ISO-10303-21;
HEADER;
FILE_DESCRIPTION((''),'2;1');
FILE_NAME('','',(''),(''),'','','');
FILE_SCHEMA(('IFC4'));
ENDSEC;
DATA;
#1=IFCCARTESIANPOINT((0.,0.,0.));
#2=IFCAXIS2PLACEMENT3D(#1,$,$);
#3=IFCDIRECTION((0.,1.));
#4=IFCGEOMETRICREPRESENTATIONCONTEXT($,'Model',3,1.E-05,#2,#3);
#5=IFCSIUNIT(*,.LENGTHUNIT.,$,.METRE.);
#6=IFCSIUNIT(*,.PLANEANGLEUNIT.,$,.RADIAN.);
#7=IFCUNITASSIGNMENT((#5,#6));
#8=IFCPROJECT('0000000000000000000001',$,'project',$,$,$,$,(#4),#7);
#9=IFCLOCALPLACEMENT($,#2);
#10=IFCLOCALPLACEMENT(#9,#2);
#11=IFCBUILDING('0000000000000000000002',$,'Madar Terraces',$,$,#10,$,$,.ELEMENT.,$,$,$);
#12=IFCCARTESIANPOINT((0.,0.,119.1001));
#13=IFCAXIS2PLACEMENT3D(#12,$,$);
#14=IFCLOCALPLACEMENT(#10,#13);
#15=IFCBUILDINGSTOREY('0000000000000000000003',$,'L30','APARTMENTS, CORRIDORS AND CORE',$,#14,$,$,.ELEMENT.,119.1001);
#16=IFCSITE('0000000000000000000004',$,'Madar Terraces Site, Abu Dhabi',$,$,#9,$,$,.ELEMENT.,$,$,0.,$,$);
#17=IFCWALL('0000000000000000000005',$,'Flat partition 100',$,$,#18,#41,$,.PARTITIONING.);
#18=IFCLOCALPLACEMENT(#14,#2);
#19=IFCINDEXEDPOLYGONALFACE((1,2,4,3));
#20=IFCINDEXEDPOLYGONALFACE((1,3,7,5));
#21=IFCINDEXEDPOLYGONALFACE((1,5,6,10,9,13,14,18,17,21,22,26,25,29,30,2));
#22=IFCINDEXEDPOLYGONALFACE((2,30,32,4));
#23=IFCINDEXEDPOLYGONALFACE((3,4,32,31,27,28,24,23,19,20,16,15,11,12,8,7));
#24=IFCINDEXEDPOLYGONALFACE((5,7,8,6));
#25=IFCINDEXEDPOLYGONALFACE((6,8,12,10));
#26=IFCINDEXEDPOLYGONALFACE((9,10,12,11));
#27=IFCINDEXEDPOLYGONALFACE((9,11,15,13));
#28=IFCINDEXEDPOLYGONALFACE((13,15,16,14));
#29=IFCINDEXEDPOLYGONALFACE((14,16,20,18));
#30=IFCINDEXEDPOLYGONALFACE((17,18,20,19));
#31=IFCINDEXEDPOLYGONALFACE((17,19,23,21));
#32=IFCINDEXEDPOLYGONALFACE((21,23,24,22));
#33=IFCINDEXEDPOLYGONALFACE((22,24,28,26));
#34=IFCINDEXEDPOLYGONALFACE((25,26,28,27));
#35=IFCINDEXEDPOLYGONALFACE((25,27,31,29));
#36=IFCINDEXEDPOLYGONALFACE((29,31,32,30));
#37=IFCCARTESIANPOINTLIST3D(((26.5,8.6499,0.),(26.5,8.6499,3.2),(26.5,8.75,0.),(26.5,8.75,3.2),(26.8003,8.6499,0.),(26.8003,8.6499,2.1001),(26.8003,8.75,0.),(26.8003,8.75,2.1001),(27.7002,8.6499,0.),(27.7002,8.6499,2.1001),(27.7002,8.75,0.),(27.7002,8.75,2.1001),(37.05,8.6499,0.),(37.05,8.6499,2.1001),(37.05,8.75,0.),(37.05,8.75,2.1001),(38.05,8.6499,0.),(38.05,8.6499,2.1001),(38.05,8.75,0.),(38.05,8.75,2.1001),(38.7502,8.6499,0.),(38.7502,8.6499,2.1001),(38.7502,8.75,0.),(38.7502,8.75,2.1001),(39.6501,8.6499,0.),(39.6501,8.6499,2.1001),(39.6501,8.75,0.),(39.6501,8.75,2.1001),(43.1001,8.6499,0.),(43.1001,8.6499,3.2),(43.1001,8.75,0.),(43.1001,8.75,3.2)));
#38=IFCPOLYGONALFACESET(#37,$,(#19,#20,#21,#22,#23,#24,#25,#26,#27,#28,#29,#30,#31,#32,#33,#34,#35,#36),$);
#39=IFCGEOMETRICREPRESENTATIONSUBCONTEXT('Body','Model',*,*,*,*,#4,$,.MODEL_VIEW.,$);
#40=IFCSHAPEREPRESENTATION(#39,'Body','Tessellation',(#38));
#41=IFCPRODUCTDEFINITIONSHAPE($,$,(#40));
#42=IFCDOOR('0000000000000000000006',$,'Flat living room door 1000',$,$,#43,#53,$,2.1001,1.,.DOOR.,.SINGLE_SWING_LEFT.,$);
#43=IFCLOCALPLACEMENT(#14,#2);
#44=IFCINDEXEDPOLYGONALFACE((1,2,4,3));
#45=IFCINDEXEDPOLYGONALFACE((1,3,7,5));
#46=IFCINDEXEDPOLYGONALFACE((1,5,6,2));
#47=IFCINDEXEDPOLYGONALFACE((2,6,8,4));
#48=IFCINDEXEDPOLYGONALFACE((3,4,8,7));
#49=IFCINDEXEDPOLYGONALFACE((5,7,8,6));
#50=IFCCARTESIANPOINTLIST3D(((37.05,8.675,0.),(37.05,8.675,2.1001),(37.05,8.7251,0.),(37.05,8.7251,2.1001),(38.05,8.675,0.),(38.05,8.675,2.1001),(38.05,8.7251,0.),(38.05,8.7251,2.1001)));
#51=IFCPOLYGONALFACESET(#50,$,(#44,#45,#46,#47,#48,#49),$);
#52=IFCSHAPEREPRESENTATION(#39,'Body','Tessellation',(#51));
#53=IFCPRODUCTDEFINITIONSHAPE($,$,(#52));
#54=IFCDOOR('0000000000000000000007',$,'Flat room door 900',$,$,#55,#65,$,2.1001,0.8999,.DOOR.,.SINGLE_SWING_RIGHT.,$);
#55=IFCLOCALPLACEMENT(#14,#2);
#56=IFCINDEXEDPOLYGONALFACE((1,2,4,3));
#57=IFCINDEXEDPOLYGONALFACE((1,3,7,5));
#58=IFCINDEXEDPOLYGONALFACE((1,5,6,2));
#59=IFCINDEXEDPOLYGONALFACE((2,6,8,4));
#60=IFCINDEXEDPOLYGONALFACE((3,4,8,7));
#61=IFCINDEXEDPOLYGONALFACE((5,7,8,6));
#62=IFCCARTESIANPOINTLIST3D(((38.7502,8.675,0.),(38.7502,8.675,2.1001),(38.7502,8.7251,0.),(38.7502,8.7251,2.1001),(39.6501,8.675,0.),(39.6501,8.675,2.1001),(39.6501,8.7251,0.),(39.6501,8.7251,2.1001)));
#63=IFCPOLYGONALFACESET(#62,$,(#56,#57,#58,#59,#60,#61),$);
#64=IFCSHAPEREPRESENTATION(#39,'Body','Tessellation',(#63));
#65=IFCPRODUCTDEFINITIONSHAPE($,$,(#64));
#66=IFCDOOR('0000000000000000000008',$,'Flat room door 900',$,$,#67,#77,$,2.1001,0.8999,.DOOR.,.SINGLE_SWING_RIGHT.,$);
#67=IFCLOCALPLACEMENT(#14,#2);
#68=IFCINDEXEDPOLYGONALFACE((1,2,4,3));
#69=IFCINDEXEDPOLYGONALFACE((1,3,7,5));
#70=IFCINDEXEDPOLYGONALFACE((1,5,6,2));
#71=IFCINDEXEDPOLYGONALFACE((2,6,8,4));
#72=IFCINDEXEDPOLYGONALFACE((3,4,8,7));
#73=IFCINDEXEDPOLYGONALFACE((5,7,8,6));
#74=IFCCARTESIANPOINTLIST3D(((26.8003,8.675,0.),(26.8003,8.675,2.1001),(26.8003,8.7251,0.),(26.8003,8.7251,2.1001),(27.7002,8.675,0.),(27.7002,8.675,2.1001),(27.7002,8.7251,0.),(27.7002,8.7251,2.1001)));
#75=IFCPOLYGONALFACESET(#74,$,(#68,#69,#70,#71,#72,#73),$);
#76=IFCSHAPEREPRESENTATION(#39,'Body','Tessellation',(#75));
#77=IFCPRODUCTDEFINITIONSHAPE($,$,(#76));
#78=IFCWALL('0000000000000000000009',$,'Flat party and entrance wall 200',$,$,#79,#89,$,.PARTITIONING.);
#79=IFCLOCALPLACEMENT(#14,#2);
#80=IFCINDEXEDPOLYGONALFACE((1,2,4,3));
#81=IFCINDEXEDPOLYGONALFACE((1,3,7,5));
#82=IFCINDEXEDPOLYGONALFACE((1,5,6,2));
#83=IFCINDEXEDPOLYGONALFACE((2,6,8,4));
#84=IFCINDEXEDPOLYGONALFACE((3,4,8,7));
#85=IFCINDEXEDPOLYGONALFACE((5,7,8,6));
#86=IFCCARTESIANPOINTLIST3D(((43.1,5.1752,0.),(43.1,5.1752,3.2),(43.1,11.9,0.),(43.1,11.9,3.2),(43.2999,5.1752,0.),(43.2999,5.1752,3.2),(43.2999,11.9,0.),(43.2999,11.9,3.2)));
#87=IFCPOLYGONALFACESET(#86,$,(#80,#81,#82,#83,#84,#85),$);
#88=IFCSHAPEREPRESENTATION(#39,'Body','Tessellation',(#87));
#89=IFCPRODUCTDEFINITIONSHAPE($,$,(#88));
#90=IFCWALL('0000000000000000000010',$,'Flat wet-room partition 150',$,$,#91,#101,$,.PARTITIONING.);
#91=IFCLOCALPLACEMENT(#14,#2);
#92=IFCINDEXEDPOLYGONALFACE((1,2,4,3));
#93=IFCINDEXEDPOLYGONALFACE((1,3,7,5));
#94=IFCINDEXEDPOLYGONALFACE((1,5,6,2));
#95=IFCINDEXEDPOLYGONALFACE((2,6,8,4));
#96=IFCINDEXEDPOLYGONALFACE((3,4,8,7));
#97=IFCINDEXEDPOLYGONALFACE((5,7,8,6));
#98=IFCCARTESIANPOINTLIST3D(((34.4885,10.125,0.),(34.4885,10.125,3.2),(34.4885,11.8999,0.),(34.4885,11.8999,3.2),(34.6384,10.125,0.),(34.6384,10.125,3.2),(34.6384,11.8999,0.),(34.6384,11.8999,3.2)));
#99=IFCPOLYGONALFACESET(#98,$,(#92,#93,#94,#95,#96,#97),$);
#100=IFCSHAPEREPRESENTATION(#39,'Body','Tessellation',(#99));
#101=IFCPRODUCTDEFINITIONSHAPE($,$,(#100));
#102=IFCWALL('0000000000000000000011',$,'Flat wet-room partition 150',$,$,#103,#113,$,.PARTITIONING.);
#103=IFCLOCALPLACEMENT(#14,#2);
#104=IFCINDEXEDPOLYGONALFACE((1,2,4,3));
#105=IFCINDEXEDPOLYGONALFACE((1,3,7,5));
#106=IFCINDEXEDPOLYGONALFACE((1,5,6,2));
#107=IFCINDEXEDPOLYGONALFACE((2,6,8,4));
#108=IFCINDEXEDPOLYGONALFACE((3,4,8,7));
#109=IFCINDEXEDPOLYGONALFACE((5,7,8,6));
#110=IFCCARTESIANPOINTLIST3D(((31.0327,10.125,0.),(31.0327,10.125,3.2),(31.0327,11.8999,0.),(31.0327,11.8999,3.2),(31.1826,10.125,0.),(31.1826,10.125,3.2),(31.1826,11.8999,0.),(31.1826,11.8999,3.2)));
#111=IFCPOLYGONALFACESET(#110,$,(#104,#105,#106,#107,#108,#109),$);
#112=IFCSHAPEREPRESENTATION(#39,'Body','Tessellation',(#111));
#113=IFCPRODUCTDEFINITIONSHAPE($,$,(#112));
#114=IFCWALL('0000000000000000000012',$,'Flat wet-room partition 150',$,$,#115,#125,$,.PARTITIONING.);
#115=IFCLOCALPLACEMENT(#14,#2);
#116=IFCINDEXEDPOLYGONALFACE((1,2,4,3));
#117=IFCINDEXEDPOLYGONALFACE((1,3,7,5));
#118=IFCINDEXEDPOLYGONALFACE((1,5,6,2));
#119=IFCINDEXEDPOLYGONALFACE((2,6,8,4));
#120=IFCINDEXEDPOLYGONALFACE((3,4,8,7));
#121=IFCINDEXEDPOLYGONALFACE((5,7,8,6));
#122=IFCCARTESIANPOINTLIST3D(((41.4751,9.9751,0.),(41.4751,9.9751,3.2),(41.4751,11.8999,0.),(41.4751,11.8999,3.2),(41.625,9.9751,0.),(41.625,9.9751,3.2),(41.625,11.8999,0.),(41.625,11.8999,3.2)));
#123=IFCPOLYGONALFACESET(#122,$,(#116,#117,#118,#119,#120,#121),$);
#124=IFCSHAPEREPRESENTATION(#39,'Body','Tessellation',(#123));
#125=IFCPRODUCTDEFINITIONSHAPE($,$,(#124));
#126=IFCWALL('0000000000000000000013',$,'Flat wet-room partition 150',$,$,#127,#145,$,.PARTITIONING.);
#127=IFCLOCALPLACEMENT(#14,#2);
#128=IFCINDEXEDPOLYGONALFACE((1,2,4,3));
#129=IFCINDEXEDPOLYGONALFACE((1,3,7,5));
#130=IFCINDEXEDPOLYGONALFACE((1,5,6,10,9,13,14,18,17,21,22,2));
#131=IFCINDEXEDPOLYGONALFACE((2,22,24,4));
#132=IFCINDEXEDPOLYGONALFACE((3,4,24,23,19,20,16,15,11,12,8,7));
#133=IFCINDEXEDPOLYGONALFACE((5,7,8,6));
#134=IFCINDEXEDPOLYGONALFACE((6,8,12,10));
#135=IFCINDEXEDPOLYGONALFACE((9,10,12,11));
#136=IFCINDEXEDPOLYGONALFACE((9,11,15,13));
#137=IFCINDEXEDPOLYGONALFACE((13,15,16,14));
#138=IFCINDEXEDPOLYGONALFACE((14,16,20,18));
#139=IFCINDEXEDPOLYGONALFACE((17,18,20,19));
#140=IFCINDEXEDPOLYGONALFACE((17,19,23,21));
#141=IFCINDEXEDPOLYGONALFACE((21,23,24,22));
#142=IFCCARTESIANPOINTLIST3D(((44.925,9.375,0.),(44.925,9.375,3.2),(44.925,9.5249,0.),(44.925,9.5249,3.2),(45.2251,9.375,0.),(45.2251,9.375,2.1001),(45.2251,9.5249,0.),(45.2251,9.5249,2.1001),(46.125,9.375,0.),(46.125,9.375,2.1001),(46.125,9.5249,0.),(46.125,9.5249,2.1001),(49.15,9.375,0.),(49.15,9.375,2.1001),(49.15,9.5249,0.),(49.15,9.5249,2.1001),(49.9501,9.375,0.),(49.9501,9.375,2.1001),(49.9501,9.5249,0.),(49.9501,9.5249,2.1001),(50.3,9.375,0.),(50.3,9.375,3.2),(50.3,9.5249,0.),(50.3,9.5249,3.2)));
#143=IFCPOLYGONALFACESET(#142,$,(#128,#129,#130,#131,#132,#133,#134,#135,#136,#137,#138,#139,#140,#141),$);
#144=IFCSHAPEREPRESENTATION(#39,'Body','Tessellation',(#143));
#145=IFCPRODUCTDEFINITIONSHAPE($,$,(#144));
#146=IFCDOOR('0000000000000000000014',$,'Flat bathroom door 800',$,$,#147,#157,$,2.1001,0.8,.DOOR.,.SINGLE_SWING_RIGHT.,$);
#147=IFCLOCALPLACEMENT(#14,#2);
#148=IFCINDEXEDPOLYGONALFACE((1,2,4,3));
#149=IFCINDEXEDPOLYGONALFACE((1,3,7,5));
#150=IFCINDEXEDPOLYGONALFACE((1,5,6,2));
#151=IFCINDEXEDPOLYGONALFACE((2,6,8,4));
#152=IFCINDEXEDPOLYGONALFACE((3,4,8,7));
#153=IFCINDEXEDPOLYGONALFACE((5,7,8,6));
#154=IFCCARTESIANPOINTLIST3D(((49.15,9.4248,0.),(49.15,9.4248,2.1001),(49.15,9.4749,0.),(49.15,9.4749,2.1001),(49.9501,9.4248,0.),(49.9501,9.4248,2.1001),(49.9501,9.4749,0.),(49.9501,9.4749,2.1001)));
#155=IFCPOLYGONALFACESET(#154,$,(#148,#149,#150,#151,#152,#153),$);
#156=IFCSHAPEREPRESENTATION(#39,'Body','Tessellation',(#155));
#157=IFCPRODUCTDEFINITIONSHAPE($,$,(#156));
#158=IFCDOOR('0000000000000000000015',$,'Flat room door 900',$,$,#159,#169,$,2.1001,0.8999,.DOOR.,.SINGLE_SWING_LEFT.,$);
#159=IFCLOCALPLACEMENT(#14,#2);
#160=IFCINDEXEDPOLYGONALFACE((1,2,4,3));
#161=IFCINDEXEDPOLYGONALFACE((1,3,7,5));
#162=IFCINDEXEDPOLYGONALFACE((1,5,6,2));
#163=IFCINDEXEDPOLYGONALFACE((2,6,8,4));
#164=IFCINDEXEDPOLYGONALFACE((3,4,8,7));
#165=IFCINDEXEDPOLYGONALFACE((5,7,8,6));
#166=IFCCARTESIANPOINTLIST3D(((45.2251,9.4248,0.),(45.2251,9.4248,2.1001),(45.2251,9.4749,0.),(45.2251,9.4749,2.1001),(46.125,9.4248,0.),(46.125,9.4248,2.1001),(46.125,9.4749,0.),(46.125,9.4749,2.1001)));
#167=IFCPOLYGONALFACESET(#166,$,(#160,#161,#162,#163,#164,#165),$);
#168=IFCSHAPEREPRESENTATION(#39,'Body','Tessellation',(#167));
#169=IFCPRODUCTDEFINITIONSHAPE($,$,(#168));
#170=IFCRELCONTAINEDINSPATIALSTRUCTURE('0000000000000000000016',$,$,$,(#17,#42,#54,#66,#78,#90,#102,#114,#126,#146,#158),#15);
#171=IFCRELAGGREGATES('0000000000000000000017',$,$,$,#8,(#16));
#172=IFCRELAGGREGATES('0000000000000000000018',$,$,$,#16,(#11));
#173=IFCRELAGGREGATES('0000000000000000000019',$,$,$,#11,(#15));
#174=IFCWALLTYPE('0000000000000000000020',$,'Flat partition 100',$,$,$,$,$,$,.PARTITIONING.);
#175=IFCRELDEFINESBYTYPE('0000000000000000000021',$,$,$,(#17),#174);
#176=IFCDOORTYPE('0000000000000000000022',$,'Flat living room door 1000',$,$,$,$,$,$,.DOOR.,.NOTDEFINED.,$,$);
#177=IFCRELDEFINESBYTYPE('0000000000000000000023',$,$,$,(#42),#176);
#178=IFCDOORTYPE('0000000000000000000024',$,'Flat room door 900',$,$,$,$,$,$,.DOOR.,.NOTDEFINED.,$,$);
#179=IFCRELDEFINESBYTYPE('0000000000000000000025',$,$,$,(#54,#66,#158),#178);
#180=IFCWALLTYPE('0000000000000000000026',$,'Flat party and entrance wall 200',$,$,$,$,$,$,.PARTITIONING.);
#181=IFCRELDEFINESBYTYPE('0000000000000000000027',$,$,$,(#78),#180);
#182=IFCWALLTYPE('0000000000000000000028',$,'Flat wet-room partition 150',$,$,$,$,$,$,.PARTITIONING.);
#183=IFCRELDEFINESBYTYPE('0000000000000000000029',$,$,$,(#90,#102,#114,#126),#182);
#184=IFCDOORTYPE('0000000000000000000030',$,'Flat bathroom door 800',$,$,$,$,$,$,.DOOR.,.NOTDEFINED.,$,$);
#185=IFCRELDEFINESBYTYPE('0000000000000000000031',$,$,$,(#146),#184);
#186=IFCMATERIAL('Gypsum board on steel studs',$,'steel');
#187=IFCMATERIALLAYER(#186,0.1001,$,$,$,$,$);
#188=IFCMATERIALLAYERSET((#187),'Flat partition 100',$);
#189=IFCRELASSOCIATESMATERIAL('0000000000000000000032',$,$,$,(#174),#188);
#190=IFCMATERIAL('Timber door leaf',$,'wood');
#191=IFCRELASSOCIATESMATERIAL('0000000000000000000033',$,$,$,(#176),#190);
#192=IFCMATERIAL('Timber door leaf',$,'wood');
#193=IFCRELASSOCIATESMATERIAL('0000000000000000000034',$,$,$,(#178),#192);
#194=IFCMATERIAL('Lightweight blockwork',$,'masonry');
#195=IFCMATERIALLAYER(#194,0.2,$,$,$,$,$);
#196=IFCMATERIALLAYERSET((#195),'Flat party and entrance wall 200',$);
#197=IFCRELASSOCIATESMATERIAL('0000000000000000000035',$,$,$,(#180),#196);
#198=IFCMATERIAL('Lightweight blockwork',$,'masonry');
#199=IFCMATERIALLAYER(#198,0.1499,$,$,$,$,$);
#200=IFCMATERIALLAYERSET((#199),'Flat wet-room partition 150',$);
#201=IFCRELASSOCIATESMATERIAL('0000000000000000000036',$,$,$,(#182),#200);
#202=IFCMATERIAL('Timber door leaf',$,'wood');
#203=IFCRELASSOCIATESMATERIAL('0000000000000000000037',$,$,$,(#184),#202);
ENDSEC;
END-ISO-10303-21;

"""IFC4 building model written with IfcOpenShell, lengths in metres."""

from ifc_helpers import new_model, si_unit, direction, frame, frame_2d, origin, place, context, subcontext, project, spatial, rectangle, extrude, material, layer, layer_set, type_object, element, fill, save


model = new_model("IFC4")

# Units and contexts
model_context = context("Model", 3, precision=1e-05, world=origin(), true_north=direction((0.0, 1.0)))
body_context = subcontext(model_context, "Body", "Model", "MODEL_VIEW")
ifc_project = project(units=[si_unit("LENGTHUNIT", "METRE"), si_unit("PLANEANGLEUNIT", "RADIAN")], contexts=[model_context])

# Site, building, storey
site_placement = place(None, origin())
site = spatial("IfcSite", under=ifc_project, at=site_placement, Name="Madar Terraces Site, Abu Dhabi", CompositionType="ELEMENT", RefElevation=0.0)
building_placement = place(site_placement, origin())
building = spatial("IfcBuilding", under=site, at=building_placement, Name="Madar Terraces", CompositionType="ELEMENT")
storey_placement = place(building_placement, frame((0.0, 0.0, 119.1001)))
storey = spatial("IfcBuildingStorey", under=building, at=storey_placement, Name="L30", Description="APARTMENTS, CORRIDORS AND CORE", CompositionType="ELEMENT", Elevation=119.1001)

# Shared definitions
ifc_material_1 = material(Name="Gypsum board on steel studs", Category="steel")
ifc_layer_1 = layer(ifc_material_1, 0.1001)
ifc_layer_set_1 = layer_set([ifc_layer_1], Name="Flat partition 100")
wall_type_1 = type_object("IfcWallType", Name="Flat partition 100", PredefinedType="PARTITIONING", material=ifc_layer_set_1)

# Wall, openings, doors
wall_1_placement = place(storey_placement, frame((43.1001, 8.7, 0.0), z_axis=(0.0, 0.0, 1.0), x_axis=(-1.0, 0.0, 0.0)))
wall_1 = element("IfcWall", 1, at=wall_1_placement, inside=storey, type_object=wall_type_1, Name="Flat partition 100", PredefinedType="PARTITIONING", context=body_context, shape_type="SweptSolid", body=[
    extrude(rectangle(XDim=16.6001, YDim=0.1001, at=frame_2d((8.3, 0.0))), origin(), (0.0, 0.0, 1.0), 3.2),
])
opening_1_placement = place(wall_1_placement, frame((3.45, 0.0, 0.0)))
opening_1 = element("IfcOpeningElement", 2, at=opening_1_placement, cuts=wall_1, PredefinedType="OPENING", context=body_context, shape_type="SweptSolid", body=[
    extrude(rectangle(XDim=0.8999, YDim=2.1001, at=frame_2d((0.45, 1.05))), frame((0.0, 0.0601, 0.0), z_axis=(0.0, -1.0, 0.0), x_axis=(1.0, 0.0, 0.0)), (0.0, 0.0, 1.0), 0.1201),
])
opening_2_placement = place(wall_1_placement, frame((5.05, 0.0, 0.0)))
opening_2 = element("IfcOpeningElement", 3, at=opening_2_placement, cuts=wall_1, PredefinedType="OPENING", context=body_context, shape_type="SweptSolid", body=[
    extrude(rectangle(XDim=1.0, YDim=2.1001, at=frame_2d((0.5, 1.05))), frame((0.0, 0.0601, 0.0), z_axis=(0.0, -1.0, 0.0), x_axis=(1.0, 0.0, 0.0)), (0.0, 0.0, 1.0), 0.1201),
])
opening_3_placement = place(wall_1_placement, frame((15.3999, 0.0, 0.0)))
opening_3 = element("IfcOpeningElement", 4, at=opening_3_placement, cuts=wall_1, PredefinedType="OPENING", context=body_context, shape_type="SweptSolid", body=[
    extrude(rectangle(XDim=0.8999, YDim=2.1001, at=frame_2d((0.45, 1.05))), frame((0.0, 0.0601, 0.0), z_axis=(0.0, -1.0, 0.0), x_axis=(1.0, 0.0, 0.0)), (0.0, 0.0, 1.0), 0.1201),
])
ifc_material_2 = material(Name="Timber door leaf", Category="wood")
door_type_1 = type_object("IfcDoorType", Name="Flat living room door 1000", OperationType="NOTDEFINED", PredefinedType="DOOR", material=ifc_material_2)
door_1_placement = place(opening_2_placement, origin())
door_1 = element("IfcDoor", 5, at=door_1_placement, inside=storey, type_object=door_type_1, Name="Flat living room door 1000", OperationType="SINGLE_SWING_LEFT", OverallHeight=2.1001, OverallWidth=1.0, PredefinedType="DOOR", context=body_context, shape_type="SweptSolid", body=[
    extrude(rectangle(XDim=1.0, YDim=2.1001, at=frame_2d((0.5, 1.05))), frame((0.0, 0.0249, 0.0), z_axis=(0.0, -1.0, 0.0), x_axis=(1.0, 0.0, 0.0)), (0.0, 0.0, 1.0), 0.05),
])
fill(opening_2, door_1)
ifc_material_3 = material(Name="Timber door leaf", Category="wood")
door_type_2 = type_object("IfcDoorType", Name="Flat room door 900", OperationType="NOTDEFINED", PredefinedType="DOOR", material=ifc_material_3)
door_2_placement = place(opening_1_placement, origin())
door_2 = element("IfcDoor", 6, at=door_2_placement, inside=storey, type_object=door_type_2, Name="Flat room door 900", OperationType="SINGLE_SWING_RIGHT", OverallHeight=2.1001, OverallWidth=0.8999, PredefinedType="DOOR", context=body_context, shape_type="SweptSolid", body=[
    extrude(rectangle(XDim=0.8999, YDim=2.1001, at=frame_2d((0.45, 1.05))), frame((0.0, 0.0249, 0.0), z_axis=(0.0, -1.0, 0.0), x_axis=(1.0, 0.0, 0.0)), (0.0, 0.0, 1.0), 0.05),
])
fill(opening_1, door_2)
door_3_placement = place(opening_3_placement, origin())
door_3 = element("IfcDoor", 7, at=door_3_placement, inside=storey, type_object=door_type_2, Name="Flat room door 900", OperationType="SINGLE_SWING_RIGHT", OverallHeight=2.1001, OverallWidth=0.8999, PredefinedType="DOOR", context=body_context, shape_type="SweptSolid", body=[
    extrude(rectangle(XDim=0.8999, YDim=2.1001, at=frame_2d((0.45, 1.05))), frame((0.0, 0.0249, 0.0), z_axis=(0.0, -1.0, 0.0), x_axis=(1.0, 0.0, 0.0)), (0.0, 0.0, 1.0), 0.05),
])
fill(opening_3, door_3)

# Walls
ifc_material_4 = material(Name="Lightweight blockwork", Category="masonry")
ifc_layer_2 = layer(ifc_material_4, 0.2)
ifc_layer_set_2 = layer_set([ifc_layer_2], Name="Flat party and entrance wall 200")
wall_type_2 = type_object("IfcWallType", Name="Flat party and entrance wall 200", PredefinedType="PARTITIONING", material=ifc_layer_set_2)
wall_2_placement = place(storey_placement, frame((43.2, 11.8999, 0.0), z_axis=(0.0, 0.0, 1.0), x_axis=(0.0, -1.0, 0.0)))
element("IfcWall", 8, at=wall_2_placement, inside=storey, type_object=wall_type_2, Name="Flat party and entrance wall 200", PredefinedType="PARTITIONING", context=body_context, shape_type="SweptSolid", body=[
    extrude(rectangle(XDim=6.7249, YDim=0.2, at=frame_2d((3.3623, 0.0))), origin(), (0.0, 0.0, 1.0), 3.2),
])
ifc_material_5 = material(Name="Lightweight blockwork", Category="masonry")
ifc_layer_3 = layer(ifc_material_5, 0.1499)
ifc_layer_set_3 = layer_set([ifc_layer_3], Name="Flat wet-room partition 150")
wall_type_3 = type_object("IfcWallType", Name="Flat wet-room partition 150", PredefinedType="PARTITIONING", material=ifc_layer_set_3)
for number, where, z_axis, x_axis, name in (
    (9, (34.5635, 11.8999, 0.0), (0.0, 0.0, 1.0), (0.0, -1.0, 0.0), "Flat wet-room partition 150"),
    (10, (31.1077, 11.8999, 0.0), (0.0, 0.0, 1.0), (0.0, -1.0, 0.0), "Flat wet-room partition 150"),
):
    element("IfcWall", number, at=place(storey_placement, frame(where, z_axis=z_axis, x_axis=x_axis)), inside=storey, type_object=wall_type_3, Name=name, PredefinedType="PARTITIONING", context=body_context, shape_type="SweptSolid", body=[
        extrude(rectangle(XDim=1.7749, YDim=0.1499, at=frame_2d((0.8875, 0.0))), origin(), (0.0, 0.0, 1.0), 3.2),
    ])
wall_3_placement = place(storey_placement, frame((41.55, 11.8999, 0.0), z_axis=(0.0, 0.0, 1.0), x_axis=(0.0, -1.0, 0.0)))
element("IfcWall", 11, at=wall_3_placement, inside=storey, type_object=wall_type_3, Name="Flat wet-room partition 150", PredefinedType="PARTITIONING", context=body_context, shape_type="SweptSolid", body=[
    extrude(rectangle(XDim=1.9248, YDim=0.1499, at=frame_2d((0.9624, 0.0))), origin(), (0.0, 0.0, 1.0), 3.2),
])

# Wall, openings, doors
wall_4_placement = place(storey_placement, frame((44.925, 9.45, 0.0), z_axis=(0.0, 0.0, 1.0), x_axis=(1.0, 0.0, 0.0)))
wall_4 = element("IfcWall", 12, at=wall_4_placement, inside=storey, type_object=wall_type_3, Name="Flat wet-room partition 150", PredefinedType="PARTITIONING", context=body_context, shape_type="SweptSolid", body=[
    extrude(rectangle(XDim=5.375, YDim=0.1499, at=frame_2d((2.6875, 0.0))), origin(), (0.0, 0.0, 1.0), 3.2),
])
opening_4_placement = place(wall_4_placement, frame((0.3, 0.0, 0.0)))
opening_4 = element("IfcOpeningElement", 13, at=opening_4_placement, cuts=wall_4, PredefinedType="OPENING", context=body_context, shape_type="SweptSolid", body=[
    extrude(rectangle(XDim=0.8999, YDim=2.1001, at=frame_2d((0.45, 1.05))), frame((0.0, 0.085, 0.0), z_axis=(0.0, -1.0, 0.0), x_axis=(1.0, 0.0, 0.0)), (0.0, 0.0, 1.0), 0.1699),
])
opening_5_placement = place(wall_4_placement, frame((4.2251, 0.0, 0.0)))
opening_5 = element("IfcOpeningElement", 14, at=opening_5_placement, cuts=wall_4, PredefinedType="OPENING", context=body_context, shape_type="SweptSolid", body=[
    extrude(rectangle(XDim=0.8, YDim=2.1001, at=frame_2d((0.3999, 1.05))), frame((0.0, 0.085, 0.0), z_axis=(0.0, -1.0, 0.0), x_axis=(1.0, 0.0, 0.0)), (0.0, 0.0, 1.0), 0.1699),
])
ifc_material_6 = material(Name="Timber door leaf", Category="wood")
door_type_3 = type_object("IfcDoorType", Name="Flat bathroom door 800", OperationType="NOTDEFINED", PredefinedType="DOOR", material=ifc_material_6)
door_4_placement = place(opening_5_placement, origin())
door_4 = element("IfcDoor", 15, at=door_4_placement, inside=storey, type_object=door_type_3, Name="Flat bathroom door 800", OperationType="SINGLE_SWING_RIGHT", OverallHeight=2.1001, OverallWidth=0.8, PredefinedType="DOOR", context=body_context, shape_type="SweptSolid", body=[
    extrude(rectangle(XDim=0.8, YDim=2.1001, at=frame_2d((0.3999, 1.05))), frame((0.0, 0.0249, 0.0), z_axis=(0.0, -1.0, 0.0), x_axis=(1.0, 0.0, 0.0)), (0.0, 0.0, 1.0), 0.05),
])
fill(opening_5, door_4)
door_5_placement = place(opening_4_placement, origin())
door_5 = element("IfcDoor", 16, at=door_5_placement, inside=storey, type_object=door_type_2, Name="Flat room door 900", OperationType="SINGLE_SWING_LEFT", OverallHeight=2.1001, OverallWidth=0.8999, PredefinedType="DOOR", context=body_context, shape_type="SweptSolid", body=[
    extrude(rectangle(XDim=0.8999, YDim=2.1001, at=frame_2d((0.45, 1.05))), frame((0.0, 0.0249, 0.0), z_axis=(0.0, -1.0, 0.0), x_axis=(1.0, 0.0, 0.0)), (0.0, 0.0, 1.0), 0.05),
])
fill(opening_4, door_5)

save(model, "model.ifc")
